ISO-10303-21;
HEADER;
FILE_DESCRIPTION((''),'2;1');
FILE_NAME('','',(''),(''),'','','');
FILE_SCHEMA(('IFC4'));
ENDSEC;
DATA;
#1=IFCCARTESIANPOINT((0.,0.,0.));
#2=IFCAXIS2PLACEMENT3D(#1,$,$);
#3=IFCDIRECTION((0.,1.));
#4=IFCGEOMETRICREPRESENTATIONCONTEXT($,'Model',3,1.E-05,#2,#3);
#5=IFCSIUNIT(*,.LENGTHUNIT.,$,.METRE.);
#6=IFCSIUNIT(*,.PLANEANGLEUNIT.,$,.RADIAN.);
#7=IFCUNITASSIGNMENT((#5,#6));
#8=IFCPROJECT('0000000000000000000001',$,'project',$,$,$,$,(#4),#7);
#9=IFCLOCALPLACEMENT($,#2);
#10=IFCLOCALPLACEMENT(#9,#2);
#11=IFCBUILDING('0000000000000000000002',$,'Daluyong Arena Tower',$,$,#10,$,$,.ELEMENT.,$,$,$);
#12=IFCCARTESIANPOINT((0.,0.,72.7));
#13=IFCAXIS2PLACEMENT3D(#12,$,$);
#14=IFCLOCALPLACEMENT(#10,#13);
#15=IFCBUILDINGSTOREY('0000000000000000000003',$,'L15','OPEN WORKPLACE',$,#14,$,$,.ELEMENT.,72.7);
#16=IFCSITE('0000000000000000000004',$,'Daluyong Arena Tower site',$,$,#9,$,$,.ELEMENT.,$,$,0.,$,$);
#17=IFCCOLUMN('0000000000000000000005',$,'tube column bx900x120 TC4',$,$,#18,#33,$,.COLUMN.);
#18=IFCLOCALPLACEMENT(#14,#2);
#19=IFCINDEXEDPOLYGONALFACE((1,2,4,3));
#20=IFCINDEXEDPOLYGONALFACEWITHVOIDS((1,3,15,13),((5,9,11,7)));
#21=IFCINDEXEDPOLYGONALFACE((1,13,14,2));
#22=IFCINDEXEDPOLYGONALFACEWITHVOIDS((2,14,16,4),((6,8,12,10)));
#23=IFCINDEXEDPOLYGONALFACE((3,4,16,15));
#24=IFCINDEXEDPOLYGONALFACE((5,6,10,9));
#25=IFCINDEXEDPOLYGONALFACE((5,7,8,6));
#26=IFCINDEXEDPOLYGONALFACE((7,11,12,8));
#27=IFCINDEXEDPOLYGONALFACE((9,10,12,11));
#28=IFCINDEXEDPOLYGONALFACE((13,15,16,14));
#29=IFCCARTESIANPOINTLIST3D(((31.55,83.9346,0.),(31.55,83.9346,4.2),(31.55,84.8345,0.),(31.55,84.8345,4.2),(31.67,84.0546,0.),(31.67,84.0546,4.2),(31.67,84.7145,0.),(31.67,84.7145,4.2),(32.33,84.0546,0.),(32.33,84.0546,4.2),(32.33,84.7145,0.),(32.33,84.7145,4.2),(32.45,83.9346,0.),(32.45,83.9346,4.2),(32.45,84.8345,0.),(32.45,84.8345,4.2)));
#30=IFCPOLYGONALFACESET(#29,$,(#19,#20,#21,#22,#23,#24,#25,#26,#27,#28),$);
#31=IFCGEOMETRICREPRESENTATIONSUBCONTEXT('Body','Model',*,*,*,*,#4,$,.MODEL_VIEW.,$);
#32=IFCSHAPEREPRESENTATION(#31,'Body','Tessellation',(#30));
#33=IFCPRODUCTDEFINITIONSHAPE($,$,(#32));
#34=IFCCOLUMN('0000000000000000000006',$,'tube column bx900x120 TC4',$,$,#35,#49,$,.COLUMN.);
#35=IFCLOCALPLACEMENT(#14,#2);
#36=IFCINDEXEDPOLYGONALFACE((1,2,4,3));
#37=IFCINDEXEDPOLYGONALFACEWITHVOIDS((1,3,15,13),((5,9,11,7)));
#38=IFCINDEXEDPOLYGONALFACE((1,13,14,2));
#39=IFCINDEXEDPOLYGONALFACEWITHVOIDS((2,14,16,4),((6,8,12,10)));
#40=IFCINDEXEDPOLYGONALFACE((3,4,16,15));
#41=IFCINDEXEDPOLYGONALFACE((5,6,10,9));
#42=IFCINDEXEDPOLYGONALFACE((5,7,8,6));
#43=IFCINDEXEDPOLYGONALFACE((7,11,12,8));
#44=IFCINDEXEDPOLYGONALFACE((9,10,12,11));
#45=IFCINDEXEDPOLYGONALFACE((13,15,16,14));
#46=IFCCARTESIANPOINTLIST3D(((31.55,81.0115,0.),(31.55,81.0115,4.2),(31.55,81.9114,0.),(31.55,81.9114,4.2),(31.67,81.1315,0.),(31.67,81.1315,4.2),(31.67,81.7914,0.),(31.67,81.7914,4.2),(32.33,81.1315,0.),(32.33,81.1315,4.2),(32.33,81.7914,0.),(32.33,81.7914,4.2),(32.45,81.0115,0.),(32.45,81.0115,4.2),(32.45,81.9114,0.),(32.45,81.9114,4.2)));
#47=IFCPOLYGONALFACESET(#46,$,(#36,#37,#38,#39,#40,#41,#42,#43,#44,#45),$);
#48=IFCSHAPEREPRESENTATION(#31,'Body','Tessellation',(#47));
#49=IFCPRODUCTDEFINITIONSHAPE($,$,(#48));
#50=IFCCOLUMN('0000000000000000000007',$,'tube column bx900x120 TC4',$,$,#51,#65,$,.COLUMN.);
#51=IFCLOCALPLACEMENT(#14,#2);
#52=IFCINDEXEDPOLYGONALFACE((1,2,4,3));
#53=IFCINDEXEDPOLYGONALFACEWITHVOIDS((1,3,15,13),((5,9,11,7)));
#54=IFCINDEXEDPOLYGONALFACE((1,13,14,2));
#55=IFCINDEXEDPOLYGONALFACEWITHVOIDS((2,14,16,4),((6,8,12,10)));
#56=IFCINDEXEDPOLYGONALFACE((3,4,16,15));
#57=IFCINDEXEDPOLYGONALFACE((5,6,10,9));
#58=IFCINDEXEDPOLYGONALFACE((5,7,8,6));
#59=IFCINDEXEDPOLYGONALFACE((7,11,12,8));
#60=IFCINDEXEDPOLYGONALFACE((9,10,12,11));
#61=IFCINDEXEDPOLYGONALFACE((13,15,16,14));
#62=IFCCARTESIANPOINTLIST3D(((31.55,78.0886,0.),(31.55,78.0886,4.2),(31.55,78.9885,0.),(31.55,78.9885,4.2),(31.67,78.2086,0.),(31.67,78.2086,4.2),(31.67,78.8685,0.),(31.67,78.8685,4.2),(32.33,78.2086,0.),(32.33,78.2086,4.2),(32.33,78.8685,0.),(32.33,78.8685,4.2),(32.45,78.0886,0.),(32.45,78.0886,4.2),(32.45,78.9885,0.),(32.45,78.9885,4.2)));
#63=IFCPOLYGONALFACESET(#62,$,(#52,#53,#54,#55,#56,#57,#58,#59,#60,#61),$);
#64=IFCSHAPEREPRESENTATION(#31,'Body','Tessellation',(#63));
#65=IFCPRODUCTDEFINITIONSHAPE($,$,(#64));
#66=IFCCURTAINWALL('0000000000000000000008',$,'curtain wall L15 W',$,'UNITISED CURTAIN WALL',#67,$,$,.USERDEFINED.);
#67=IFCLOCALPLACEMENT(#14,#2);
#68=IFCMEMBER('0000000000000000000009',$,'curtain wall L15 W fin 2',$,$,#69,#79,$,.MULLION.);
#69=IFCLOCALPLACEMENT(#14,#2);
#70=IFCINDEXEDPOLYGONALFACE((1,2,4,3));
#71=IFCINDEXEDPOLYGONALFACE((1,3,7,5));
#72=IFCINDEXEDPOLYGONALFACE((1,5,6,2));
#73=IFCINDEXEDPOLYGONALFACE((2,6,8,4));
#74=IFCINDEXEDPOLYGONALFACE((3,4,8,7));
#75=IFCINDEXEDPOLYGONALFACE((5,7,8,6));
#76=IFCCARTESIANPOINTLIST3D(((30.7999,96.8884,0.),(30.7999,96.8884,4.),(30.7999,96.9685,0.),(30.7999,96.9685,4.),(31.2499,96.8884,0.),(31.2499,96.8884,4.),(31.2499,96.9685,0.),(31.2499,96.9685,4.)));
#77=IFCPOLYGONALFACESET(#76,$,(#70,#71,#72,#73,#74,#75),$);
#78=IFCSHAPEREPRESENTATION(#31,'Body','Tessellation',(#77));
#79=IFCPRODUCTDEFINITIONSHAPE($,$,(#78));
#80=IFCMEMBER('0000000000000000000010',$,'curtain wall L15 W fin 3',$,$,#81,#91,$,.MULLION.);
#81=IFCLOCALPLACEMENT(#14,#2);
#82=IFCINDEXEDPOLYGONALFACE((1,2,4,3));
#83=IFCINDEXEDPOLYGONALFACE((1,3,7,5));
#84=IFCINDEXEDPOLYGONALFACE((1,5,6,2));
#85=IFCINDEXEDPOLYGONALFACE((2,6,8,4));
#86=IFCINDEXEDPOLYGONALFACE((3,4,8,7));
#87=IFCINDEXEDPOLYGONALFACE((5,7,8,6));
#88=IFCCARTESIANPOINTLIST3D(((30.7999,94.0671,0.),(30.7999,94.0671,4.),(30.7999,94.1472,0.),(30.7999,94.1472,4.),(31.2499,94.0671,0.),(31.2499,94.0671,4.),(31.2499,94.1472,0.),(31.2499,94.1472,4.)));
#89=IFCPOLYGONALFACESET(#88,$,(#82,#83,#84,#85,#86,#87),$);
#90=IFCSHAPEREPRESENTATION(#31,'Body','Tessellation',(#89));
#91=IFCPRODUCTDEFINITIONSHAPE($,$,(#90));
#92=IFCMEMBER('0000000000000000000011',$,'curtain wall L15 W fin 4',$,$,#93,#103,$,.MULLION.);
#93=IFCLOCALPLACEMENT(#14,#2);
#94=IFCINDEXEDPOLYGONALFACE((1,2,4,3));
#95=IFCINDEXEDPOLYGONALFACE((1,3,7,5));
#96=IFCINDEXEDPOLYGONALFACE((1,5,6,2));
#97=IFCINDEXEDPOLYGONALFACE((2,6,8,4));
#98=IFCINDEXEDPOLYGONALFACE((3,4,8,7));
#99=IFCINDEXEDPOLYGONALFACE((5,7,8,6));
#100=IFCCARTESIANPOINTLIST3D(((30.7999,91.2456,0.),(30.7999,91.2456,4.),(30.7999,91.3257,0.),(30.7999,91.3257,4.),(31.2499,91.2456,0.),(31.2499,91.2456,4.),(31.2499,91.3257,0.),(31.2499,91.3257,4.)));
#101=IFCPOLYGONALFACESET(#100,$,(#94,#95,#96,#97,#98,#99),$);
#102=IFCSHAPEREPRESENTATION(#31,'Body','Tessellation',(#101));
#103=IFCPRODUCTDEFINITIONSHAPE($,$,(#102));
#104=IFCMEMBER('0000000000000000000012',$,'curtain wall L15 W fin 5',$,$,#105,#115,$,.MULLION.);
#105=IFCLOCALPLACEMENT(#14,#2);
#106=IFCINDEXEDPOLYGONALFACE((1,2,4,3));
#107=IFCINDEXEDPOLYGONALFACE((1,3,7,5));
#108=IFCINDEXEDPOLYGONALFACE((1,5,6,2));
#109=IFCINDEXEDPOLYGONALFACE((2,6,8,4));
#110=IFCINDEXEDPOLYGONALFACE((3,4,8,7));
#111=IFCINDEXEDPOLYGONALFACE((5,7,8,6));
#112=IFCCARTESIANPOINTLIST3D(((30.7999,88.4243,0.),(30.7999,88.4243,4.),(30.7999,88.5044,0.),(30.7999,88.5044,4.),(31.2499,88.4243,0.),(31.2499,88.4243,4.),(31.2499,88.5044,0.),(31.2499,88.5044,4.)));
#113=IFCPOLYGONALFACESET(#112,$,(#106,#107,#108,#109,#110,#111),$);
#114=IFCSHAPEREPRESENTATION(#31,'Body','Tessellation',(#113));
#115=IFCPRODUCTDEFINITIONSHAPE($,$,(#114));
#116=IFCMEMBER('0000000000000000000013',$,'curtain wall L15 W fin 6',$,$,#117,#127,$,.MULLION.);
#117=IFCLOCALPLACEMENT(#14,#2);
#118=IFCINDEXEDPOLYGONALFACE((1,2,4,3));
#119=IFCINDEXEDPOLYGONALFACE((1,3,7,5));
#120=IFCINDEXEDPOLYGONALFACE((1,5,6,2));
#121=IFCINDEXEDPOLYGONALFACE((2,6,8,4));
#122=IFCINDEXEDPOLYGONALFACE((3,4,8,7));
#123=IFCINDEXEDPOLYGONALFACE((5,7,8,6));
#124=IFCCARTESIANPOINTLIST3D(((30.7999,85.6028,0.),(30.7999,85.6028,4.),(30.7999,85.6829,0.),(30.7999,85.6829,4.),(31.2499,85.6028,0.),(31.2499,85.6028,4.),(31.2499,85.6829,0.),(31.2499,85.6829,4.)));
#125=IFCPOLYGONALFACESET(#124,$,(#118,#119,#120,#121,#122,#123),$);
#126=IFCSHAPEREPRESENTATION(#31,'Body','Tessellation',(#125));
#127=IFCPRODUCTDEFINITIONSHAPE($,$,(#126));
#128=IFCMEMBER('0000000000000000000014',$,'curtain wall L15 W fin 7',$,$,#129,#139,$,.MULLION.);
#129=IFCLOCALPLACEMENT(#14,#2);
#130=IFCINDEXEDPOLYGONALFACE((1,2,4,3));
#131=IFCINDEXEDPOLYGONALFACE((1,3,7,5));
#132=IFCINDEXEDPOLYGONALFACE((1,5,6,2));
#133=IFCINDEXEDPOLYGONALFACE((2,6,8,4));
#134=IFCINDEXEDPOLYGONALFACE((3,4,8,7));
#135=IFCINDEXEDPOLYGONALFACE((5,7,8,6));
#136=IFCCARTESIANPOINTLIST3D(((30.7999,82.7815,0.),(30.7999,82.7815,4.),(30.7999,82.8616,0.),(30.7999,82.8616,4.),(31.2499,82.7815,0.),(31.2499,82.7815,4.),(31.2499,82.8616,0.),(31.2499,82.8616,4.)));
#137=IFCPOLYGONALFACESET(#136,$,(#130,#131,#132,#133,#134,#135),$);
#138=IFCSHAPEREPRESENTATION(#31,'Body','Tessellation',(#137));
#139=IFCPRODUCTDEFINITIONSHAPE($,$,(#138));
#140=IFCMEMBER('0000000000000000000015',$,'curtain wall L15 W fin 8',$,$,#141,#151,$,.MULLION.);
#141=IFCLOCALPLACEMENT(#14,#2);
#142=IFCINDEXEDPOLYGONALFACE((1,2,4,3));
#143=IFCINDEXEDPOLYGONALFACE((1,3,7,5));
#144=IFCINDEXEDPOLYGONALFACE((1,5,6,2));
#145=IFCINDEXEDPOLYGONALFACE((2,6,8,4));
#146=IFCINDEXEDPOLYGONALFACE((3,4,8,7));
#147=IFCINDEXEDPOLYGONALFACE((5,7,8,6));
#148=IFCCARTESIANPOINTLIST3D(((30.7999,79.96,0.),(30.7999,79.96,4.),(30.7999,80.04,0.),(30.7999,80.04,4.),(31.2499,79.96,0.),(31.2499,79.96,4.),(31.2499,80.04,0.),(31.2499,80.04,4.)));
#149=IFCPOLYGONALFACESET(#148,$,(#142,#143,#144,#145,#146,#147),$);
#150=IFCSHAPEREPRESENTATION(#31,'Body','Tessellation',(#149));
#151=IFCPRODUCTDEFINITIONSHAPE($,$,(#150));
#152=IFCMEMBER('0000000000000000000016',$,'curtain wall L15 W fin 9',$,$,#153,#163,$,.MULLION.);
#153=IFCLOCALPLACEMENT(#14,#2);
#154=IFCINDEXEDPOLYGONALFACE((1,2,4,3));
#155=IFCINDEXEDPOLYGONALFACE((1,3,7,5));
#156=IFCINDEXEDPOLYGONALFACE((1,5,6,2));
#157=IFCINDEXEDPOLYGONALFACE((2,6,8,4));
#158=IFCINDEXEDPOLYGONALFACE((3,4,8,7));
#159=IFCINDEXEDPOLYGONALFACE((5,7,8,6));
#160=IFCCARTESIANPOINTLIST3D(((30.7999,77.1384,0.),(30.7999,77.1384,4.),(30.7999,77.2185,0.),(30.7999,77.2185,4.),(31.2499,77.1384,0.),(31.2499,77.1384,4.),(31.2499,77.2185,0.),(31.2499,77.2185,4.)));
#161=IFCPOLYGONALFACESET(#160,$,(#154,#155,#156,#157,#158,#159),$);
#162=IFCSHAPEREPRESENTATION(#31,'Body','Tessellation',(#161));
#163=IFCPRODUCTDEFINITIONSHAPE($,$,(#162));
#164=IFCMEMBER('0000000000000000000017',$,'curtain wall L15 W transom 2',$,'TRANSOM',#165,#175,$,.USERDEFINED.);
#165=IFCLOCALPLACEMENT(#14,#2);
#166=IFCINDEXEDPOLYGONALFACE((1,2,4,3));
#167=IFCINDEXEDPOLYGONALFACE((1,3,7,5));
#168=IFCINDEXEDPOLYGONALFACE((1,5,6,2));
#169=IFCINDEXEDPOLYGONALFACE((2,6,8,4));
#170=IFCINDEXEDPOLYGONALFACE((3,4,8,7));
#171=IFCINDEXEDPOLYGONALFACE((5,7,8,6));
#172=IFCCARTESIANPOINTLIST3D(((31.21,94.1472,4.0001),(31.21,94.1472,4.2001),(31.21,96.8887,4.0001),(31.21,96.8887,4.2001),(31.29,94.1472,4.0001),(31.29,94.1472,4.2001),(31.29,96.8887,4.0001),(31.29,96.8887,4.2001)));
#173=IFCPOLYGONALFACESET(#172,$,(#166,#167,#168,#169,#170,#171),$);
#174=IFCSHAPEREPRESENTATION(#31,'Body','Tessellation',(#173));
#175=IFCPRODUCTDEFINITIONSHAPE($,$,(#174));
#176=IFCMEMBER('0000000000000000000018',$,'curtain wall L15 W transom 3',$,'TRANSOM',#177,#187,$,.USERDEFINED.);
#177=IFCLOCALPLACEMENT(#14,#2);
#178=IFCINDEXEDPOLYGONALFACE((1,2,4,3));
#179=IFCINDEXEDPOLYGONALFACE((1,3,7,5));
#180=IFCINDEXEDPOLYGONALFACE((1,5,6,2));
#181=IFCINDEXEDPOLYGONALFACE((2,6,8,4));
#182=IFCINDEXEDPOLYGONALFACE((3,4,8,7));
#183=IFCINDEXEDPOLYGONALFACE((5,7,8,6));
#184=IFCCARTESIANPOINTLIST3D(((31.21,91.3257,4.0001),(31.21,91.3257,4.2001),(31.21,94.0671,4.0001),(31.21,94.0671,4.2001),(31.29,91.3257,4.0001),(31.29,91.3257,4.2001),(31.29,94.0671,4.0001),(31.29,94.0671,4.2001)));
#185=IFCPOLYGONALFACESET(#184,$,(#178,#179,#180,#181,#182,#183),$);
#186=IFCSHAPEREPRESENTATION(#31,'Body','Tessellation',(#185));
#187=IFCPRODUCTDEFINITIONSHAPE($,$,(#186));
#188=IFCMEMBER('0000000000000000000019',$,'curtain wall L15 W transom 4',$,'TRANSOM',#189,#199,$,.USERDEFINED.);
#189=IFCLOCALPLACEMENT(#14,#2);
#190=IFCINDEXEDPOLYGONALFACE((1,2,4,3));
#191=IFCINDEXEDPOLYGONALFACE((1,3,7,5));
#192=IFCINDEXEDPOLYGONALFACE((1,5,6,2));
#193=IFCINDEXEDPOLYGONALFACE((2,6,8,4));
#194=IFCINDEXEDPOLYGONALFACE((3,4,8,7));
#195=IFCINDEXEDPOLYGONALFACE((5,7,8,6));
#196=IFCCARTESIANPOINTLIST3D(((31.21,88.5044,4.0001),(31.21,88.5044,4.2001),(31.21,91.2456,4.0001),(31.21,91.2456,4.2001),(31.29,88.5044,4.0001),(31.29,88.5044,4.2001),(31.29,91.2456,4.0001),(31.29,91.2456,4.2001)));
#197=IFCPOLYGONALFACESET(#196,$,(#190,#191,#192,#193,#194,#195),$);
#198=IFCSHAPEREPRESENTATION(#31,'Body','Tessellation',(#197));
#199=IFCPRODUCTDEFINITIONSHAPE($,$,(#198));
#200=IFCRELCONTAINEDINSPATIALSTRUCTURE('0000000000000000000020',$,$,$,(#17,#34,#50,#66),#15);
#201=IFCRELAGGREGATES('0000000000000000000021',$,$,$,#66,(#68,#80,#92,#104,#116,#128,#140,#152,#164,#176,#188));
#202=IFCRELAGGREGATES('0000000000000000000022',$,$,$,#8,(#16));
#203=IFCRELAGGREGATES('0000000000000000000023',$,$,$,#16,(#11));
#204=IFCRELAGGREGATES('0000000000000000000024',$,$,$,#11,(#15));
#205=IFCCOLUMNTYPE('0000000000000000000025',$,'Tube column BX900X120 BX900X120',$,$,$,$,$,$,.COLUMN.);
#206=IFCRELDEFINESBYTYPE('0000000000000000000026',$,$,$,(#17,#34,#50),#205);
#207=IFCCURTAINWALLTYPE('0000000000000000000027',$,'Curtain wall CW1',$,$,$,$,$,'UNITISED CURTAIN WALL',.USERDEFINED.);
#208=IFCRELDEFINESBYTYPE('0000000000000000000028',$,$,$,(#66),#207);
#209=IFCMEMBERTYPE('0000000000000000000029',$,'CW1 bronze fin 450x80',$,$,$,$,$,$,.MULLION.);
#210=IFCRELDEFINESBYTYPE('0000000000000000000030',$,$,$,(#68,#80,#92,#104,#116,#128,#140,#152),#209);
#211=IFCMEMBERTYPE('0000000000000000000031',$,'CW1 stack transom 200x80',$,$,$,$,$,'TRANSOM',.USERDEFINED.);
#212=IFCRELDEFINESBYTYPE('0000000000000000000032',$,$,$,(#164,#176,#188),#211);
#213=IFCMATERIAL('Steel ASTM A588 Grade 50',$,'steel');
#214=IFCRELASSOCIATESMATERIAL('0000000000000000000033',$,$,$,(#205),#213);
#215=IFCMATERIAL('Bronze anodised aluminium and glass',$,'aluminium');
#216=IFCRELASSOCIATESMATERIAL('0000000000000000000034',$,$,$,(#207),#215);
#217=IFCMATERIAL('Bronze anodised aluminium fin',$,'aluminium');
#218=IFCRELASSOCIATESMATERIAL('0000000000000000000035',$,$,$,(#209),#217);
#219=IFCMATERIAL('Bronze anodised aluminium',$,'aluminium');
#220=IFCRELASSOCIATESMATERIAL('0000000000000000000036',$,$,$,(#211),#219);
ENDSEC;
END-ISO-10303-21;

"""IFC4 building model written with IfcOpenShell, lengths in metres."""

from ifc_helpers import new_model, si_unit, direction, frame, origin, origin_2d, place, context, subcontext, project, spatial, rectangle, hollow_rectangle, extrude, material, material_profile, profile_set, type_object, element, aggregate, save


model = new_model("IFC4")

# Units and contexts
model_context = context("Model", 3, precision=1e-05, world=origin(), true_north=direction((0.0, 1.0)))
body_context = subcontext(model_context, "Body", "Model", "MODEL_VIEW")
ifc_project = project(units=[si_unit("LENGTHUNIT", "METRE"), si_unit("PLANEANGLEUNIT", "RADIAN")], contexts=[model_context])

# Site, building, storey
site_placement = place(None, origin())
site = spatial("IfcSite", under=ifc_project, at=site_placement, Name="Daluyong Arena Tower site", CompositionType="ELEMENT", RefElevation=0.0)
building_placement = place(site_placement, origin())
building = spatial("IfcBuilding", under=site, at=building_placement, Name="Daluyong Arena Tower", CompositionType="ELEMENT")
storey_placement = place(building_placement, frame((0.0, 0.0, 72.7)))
storey = spatial("IfcBuildingStorey", under=building, at=storey_placement, Name="L15", Description="OPEN WORKPLACE", CompositionType="ELEMENT", Elevation=72.7)

# Columns
ifc_material_1 = material(Name="Steel ASTM A588 Grade 50", Category="steel")
ifc_material_profile_1 = material_profile(ifc_material_1, hollow_rectangle(XDim=0.8999, YDim=0.8999, WallThickness=0.12, at=origin_2d()))
ifc_profile_set_1 = profile_set([ifc_material_profile_1], Name="Steel ASTM A588 Grade 50")
column_type = type_object("IfcColumnType", Name="Tube column BX900X120 BX900X120", PredefinedType="COLUMN", material=ifc_profile_set_1)
for number, where, z_axis, x_axis, name in (
    (1, (32.0, 84.3845, 0.0), (0.0, 0.0, 1.0), (0.0, 1.0, 0.0), "tube column bx900x120 TC4"),
    (2, (32.0, 81.4614, 0.0), (0.0, 0.0, 1.0), (0.0, 1.0, 0.0), "tube column bx900x120 TC4"),
    (3, (32.0, 78.5386, 0.0), (0.0, 0.0, 1.0), (0.0, 1.0, 0.0), "tube column bx900x120 TC4"),
):
    element("IfcColumn", number, at=place(storey_placement, frame(where, z_axis=z_axis, x_axis=x_axis)), inside=storey, type_object=column_type, Name=name, PredefinedType="COLUMN", context=body_context, shape_type="SweptSolid", body=[
        extrude(hollow_rectangle(XDim=0.8999, YDim=0.8999, WallThickness=0.12, at=origin_2d()), origin(), (0.0, 0.0, 1.0), 4.2),
    ])

# Curtain wall, members
ifc_material_2 = material(Name="Bronze anodised aluminium and glass", Category="aluminium")
curtain_wall_type = type_object("IfcCurtainWallType", Name="Curtain wall CW1", ElementType="UNITISED CURTAIN WALL", PredefinedType="USERDEFINED", material=ifc_material_2)
curtain_wall_placement = place(storey_placement, origin())
curtain_wall = element("IfcCurtainWall", 4, at=curtain_wall_placement, inside=storey, type_object=curtain_wall_type, Name="curtain wall L15 W", ObjectType="UNITISED CURTAIN WALL", PredefinedType="USERDEFINED")
ifc_material_3 = material(Name="Bronze anodised aluminium fin", Category="aluminium")
ifc_material_profile_2 = material_profile(ifc_material_3, rectangle(XDim=0.45, YDim=0.0801, at=origin_2d()))
ifc_profile_set_2 = profile_set([ifc_material_profile_2], Name="Bronze anodised aluminium fin")
member_type_1 = type_object("IfcMemberType", Name="CW1 bronze fin 450x80", PredefinedType="MULLION", material=ifc_profile_set_2)
member_1_placement = place(storey_placement, frame((31.0249, 96.9285, 0.0), z_axis=(0.0, 0.0, 1.0), x_axis=(1.0, 0.0, 0.0)))
member_1 = element("IfcMember", 5, at=member_1_placement, type_object=member_type_1, Name="curtain wall L15 W fin 2", PredefinedType="MULLION", context=body_context, shape_type="SweptSolid", body=[
    extrude(rectangle(XDim=0.45, YDim=0.0801, at=origin_2d()), origin(), (0.0, 0.0, 1.0), 4.0),
])
member_2_placement = place(storey_placement, frame((31.0249, 94.1072, 0.0), z_axis=(0.0, 0.0, 1.0), x_axis=(1.0, 0.0, 0.0)))
member_2 = element("IfcMember", 6, at=member_2_placement, type_object=member_type_1, Name="curtain wall L15 W fin 3", PredefinedType="MULLION", context=body_context, shape_type="SweptSolid", body=[
    extrude(rectangle(XDim=0.45, YDim=0.0801, at=origin_2d()), origin(), (0.0, 0.0, 1.0), 4.0),
])
member_3_placement = place(storey_placement, frame((31.0249, 91.2856, 0.0), z_axis=(0.0, 0.0, 1.0), x_axis=(1.0, 0.0, 0.0)))
member_3 = element("IfcMember", 7, at=member_3_placement, type_object=member_type_1, Name="curtain wall L15 W fin 4", PredefinedType="MULLION", context=body_context, shape_type="SweptSolid", body=[
    extrude(rectangle(XDim=0.45, YDim=0.0801, at=origin_2d()), origin(), (0.0, 0.0, 1.0), 4.0),
])
member_4_placement = place(storey_placement, frame((31.0249, 88.4644, 0.0), z_axis=(0.0, 0.0, 1.0), x_axis=(1.0, 0.0, 0.0)))
member_4 = element("IfcMember", 8, at=member_4_placement, type_object=member_type_1, Name="curtain wall L15 W fin 5", PredefinedType="MULLION", context=body_context, shape_type="SweptSolid", body=[
    extrude(rectangle(XDim=0.45, YDim=0.0801, at=origin_2d()), origin(), (0.0, 0.0, 1.0), 4.0),
])
member_5_placement = place(storey_placement, frame((31.0249, 85.6428, 0.0), z_axis=(0.0, 0.0, 1.0), x_axis=(1.0, 0.0, 0.0)))
member_5 = element("IfcMember", 9, at=member_5_placement, type_object=member_type_1, Name="curtain wall L15 W fin 6", PredefinedType="MULLION", context=body_context, shape_type="SweptSolid", body=[
    extrude(rectangle(XDim=0.45, YDim=0.0801, at=origin_2d()), origin(), (0.0, 0.0, 1.0), 4.0),
])
member_6_placement = place(storey_placement, frame((31.0249, 82.8215, 0.0), z_axis=(0.0, 0.0, 1.0), x_axis=(1.0, 0.0, 0.0)))
member_6 = element("IfcMember", 10, at=member_6_placement, type_object=member_type_1, Name="curtain wall L15 W fin 7", PredefinedType="MULLION", context=body_context, shape_type="SweptSolid", body=[
    extrude(rectangle(XDim=0.45, YDim=0.0801, at=origin_2d()), origin(), (0.0, 0.0, 1.0), 4.0),
])
member_7_placement = place(storey_placement, frame((31.0249, 80.0, 0.0), z_axis=(0.0, 0.0, 1.0), x_axis=(1.0, 0.0, 0.0)))
member_7 = element("IfcMember", 11, at=member_7_placement, type_object=member_type_1, Name="curtain wall L15 W fin 8", PredefinedType="MULLION", context=body_context, shape_type="SweptSolid", body=[
    extrude(rectangle(XDim=0.45, YDim=0.0801, at=origin_2d()), origin(), (0.0, 0.0, 1.0), 4.0),
])
member_8_placement = place(storey_placement, frame((31.0249, 77.1785, 0.0), z_axis=(0.0, 0.0, 1.0), x_axis=(1.0, 0.0, 0.0)))
member_8 = element("IfcMember", 12, at=member_8_placement, type_object=member_type_1, Name="curtain wall L15 W fin 9", PredefinedType="MULLION", context=body_context, shape_type="SweptSolid", body=[
    extrude(rectangle(XDim=0.45, YDim=0.0801, at=origin_2d()), origin(), (0.0, 0.0, 1.0), 4.0),
])
ifc_material_4 = material(Name="Bronze anodised aluminium", Category="aluminium")
ifc_material_profile_3 = material_profile(ifc_material_4, rectangle(XDim=0.0801, YDim=0.2, at=origin_2d()))
ifc_profile_set_3 = profile_set([ifc_material_profile_3], Name="Bronze anodised aluminium")
member_type_2 = type_object("IfcMemberType", Name="CW1 stack transom 200x80", ElementType="TRANSOM", PredefinedType="USERDEFINED", material=ifc_profile_set_3)
member_9_placement = place(storey_placement, frame((31.25, 96.8887, 4.1001), z_axis=(0.0, -1.0, 0.0), x_axis=(1.0, 0.0, 0.0)))
member_9 = element("IfcMember", 13, at=member_9_placement, type_object=member_type_2, Name="curtain wall L15 W transom 2", ObjectType="TRANSOM", PredefinedType="USERDEFINED", context=body_context, shape_type="SweptSolid", body=[
    extrude(rectangle(XDim=0.0801, YDim=0.2, at=origin_2d()), origin(), (0.0, 0.0, 1.0), 2.7415),
])
member_10_placement = place(storey_placement, frame((31.25, 94.0671, 4.1001), z_axis=(0.0, -1.0, 0.0), x_axis=(1.0, 0.0, 0.0)))
member_10 = element("IfcMember", 14, at=member_10_placement, type_object=member_type_2, Name="curtain wall L15 W transom 3", ObjectType="TRANSOM", PredefinedType="USERDEFINED", context=body_context, shape_type="SweptSolid", body=[
    extrude(rectangle(XDim=0.0801, YDim=0.2, at=origin_2d()), origin(), (0.0, 0.0, 1.0), 2.7415),
])
member_11_placement = place(storey_placement, frame((31.25, 91.2456, 4.1001), z_axis=(0.0, -1.0, 0.0), x_axis=(1.0, 0.0, 0.0)))
member_11 = element("IfcMember", 15, at=member_11_placement, type_object=member_type_2, Name="curtain wall L15 W transom 4", ObjectType="TRANSOM", PredefinedType="USERDEFINED", context=body_context, shape_type="SweptSolid", body=[
    extrude(rectangle(XDim=0.0801, YDim=0.2, at=origin_2d()), origin(), (0.0, 0.0, 1.0), 2.7412),
])

aggregate(curtain_wall, [member_1, member_2, member_3, member_4, member_5, member_6, member_7, member_8, member_9, member_10, member_11])

save(model, "model.ifc")
